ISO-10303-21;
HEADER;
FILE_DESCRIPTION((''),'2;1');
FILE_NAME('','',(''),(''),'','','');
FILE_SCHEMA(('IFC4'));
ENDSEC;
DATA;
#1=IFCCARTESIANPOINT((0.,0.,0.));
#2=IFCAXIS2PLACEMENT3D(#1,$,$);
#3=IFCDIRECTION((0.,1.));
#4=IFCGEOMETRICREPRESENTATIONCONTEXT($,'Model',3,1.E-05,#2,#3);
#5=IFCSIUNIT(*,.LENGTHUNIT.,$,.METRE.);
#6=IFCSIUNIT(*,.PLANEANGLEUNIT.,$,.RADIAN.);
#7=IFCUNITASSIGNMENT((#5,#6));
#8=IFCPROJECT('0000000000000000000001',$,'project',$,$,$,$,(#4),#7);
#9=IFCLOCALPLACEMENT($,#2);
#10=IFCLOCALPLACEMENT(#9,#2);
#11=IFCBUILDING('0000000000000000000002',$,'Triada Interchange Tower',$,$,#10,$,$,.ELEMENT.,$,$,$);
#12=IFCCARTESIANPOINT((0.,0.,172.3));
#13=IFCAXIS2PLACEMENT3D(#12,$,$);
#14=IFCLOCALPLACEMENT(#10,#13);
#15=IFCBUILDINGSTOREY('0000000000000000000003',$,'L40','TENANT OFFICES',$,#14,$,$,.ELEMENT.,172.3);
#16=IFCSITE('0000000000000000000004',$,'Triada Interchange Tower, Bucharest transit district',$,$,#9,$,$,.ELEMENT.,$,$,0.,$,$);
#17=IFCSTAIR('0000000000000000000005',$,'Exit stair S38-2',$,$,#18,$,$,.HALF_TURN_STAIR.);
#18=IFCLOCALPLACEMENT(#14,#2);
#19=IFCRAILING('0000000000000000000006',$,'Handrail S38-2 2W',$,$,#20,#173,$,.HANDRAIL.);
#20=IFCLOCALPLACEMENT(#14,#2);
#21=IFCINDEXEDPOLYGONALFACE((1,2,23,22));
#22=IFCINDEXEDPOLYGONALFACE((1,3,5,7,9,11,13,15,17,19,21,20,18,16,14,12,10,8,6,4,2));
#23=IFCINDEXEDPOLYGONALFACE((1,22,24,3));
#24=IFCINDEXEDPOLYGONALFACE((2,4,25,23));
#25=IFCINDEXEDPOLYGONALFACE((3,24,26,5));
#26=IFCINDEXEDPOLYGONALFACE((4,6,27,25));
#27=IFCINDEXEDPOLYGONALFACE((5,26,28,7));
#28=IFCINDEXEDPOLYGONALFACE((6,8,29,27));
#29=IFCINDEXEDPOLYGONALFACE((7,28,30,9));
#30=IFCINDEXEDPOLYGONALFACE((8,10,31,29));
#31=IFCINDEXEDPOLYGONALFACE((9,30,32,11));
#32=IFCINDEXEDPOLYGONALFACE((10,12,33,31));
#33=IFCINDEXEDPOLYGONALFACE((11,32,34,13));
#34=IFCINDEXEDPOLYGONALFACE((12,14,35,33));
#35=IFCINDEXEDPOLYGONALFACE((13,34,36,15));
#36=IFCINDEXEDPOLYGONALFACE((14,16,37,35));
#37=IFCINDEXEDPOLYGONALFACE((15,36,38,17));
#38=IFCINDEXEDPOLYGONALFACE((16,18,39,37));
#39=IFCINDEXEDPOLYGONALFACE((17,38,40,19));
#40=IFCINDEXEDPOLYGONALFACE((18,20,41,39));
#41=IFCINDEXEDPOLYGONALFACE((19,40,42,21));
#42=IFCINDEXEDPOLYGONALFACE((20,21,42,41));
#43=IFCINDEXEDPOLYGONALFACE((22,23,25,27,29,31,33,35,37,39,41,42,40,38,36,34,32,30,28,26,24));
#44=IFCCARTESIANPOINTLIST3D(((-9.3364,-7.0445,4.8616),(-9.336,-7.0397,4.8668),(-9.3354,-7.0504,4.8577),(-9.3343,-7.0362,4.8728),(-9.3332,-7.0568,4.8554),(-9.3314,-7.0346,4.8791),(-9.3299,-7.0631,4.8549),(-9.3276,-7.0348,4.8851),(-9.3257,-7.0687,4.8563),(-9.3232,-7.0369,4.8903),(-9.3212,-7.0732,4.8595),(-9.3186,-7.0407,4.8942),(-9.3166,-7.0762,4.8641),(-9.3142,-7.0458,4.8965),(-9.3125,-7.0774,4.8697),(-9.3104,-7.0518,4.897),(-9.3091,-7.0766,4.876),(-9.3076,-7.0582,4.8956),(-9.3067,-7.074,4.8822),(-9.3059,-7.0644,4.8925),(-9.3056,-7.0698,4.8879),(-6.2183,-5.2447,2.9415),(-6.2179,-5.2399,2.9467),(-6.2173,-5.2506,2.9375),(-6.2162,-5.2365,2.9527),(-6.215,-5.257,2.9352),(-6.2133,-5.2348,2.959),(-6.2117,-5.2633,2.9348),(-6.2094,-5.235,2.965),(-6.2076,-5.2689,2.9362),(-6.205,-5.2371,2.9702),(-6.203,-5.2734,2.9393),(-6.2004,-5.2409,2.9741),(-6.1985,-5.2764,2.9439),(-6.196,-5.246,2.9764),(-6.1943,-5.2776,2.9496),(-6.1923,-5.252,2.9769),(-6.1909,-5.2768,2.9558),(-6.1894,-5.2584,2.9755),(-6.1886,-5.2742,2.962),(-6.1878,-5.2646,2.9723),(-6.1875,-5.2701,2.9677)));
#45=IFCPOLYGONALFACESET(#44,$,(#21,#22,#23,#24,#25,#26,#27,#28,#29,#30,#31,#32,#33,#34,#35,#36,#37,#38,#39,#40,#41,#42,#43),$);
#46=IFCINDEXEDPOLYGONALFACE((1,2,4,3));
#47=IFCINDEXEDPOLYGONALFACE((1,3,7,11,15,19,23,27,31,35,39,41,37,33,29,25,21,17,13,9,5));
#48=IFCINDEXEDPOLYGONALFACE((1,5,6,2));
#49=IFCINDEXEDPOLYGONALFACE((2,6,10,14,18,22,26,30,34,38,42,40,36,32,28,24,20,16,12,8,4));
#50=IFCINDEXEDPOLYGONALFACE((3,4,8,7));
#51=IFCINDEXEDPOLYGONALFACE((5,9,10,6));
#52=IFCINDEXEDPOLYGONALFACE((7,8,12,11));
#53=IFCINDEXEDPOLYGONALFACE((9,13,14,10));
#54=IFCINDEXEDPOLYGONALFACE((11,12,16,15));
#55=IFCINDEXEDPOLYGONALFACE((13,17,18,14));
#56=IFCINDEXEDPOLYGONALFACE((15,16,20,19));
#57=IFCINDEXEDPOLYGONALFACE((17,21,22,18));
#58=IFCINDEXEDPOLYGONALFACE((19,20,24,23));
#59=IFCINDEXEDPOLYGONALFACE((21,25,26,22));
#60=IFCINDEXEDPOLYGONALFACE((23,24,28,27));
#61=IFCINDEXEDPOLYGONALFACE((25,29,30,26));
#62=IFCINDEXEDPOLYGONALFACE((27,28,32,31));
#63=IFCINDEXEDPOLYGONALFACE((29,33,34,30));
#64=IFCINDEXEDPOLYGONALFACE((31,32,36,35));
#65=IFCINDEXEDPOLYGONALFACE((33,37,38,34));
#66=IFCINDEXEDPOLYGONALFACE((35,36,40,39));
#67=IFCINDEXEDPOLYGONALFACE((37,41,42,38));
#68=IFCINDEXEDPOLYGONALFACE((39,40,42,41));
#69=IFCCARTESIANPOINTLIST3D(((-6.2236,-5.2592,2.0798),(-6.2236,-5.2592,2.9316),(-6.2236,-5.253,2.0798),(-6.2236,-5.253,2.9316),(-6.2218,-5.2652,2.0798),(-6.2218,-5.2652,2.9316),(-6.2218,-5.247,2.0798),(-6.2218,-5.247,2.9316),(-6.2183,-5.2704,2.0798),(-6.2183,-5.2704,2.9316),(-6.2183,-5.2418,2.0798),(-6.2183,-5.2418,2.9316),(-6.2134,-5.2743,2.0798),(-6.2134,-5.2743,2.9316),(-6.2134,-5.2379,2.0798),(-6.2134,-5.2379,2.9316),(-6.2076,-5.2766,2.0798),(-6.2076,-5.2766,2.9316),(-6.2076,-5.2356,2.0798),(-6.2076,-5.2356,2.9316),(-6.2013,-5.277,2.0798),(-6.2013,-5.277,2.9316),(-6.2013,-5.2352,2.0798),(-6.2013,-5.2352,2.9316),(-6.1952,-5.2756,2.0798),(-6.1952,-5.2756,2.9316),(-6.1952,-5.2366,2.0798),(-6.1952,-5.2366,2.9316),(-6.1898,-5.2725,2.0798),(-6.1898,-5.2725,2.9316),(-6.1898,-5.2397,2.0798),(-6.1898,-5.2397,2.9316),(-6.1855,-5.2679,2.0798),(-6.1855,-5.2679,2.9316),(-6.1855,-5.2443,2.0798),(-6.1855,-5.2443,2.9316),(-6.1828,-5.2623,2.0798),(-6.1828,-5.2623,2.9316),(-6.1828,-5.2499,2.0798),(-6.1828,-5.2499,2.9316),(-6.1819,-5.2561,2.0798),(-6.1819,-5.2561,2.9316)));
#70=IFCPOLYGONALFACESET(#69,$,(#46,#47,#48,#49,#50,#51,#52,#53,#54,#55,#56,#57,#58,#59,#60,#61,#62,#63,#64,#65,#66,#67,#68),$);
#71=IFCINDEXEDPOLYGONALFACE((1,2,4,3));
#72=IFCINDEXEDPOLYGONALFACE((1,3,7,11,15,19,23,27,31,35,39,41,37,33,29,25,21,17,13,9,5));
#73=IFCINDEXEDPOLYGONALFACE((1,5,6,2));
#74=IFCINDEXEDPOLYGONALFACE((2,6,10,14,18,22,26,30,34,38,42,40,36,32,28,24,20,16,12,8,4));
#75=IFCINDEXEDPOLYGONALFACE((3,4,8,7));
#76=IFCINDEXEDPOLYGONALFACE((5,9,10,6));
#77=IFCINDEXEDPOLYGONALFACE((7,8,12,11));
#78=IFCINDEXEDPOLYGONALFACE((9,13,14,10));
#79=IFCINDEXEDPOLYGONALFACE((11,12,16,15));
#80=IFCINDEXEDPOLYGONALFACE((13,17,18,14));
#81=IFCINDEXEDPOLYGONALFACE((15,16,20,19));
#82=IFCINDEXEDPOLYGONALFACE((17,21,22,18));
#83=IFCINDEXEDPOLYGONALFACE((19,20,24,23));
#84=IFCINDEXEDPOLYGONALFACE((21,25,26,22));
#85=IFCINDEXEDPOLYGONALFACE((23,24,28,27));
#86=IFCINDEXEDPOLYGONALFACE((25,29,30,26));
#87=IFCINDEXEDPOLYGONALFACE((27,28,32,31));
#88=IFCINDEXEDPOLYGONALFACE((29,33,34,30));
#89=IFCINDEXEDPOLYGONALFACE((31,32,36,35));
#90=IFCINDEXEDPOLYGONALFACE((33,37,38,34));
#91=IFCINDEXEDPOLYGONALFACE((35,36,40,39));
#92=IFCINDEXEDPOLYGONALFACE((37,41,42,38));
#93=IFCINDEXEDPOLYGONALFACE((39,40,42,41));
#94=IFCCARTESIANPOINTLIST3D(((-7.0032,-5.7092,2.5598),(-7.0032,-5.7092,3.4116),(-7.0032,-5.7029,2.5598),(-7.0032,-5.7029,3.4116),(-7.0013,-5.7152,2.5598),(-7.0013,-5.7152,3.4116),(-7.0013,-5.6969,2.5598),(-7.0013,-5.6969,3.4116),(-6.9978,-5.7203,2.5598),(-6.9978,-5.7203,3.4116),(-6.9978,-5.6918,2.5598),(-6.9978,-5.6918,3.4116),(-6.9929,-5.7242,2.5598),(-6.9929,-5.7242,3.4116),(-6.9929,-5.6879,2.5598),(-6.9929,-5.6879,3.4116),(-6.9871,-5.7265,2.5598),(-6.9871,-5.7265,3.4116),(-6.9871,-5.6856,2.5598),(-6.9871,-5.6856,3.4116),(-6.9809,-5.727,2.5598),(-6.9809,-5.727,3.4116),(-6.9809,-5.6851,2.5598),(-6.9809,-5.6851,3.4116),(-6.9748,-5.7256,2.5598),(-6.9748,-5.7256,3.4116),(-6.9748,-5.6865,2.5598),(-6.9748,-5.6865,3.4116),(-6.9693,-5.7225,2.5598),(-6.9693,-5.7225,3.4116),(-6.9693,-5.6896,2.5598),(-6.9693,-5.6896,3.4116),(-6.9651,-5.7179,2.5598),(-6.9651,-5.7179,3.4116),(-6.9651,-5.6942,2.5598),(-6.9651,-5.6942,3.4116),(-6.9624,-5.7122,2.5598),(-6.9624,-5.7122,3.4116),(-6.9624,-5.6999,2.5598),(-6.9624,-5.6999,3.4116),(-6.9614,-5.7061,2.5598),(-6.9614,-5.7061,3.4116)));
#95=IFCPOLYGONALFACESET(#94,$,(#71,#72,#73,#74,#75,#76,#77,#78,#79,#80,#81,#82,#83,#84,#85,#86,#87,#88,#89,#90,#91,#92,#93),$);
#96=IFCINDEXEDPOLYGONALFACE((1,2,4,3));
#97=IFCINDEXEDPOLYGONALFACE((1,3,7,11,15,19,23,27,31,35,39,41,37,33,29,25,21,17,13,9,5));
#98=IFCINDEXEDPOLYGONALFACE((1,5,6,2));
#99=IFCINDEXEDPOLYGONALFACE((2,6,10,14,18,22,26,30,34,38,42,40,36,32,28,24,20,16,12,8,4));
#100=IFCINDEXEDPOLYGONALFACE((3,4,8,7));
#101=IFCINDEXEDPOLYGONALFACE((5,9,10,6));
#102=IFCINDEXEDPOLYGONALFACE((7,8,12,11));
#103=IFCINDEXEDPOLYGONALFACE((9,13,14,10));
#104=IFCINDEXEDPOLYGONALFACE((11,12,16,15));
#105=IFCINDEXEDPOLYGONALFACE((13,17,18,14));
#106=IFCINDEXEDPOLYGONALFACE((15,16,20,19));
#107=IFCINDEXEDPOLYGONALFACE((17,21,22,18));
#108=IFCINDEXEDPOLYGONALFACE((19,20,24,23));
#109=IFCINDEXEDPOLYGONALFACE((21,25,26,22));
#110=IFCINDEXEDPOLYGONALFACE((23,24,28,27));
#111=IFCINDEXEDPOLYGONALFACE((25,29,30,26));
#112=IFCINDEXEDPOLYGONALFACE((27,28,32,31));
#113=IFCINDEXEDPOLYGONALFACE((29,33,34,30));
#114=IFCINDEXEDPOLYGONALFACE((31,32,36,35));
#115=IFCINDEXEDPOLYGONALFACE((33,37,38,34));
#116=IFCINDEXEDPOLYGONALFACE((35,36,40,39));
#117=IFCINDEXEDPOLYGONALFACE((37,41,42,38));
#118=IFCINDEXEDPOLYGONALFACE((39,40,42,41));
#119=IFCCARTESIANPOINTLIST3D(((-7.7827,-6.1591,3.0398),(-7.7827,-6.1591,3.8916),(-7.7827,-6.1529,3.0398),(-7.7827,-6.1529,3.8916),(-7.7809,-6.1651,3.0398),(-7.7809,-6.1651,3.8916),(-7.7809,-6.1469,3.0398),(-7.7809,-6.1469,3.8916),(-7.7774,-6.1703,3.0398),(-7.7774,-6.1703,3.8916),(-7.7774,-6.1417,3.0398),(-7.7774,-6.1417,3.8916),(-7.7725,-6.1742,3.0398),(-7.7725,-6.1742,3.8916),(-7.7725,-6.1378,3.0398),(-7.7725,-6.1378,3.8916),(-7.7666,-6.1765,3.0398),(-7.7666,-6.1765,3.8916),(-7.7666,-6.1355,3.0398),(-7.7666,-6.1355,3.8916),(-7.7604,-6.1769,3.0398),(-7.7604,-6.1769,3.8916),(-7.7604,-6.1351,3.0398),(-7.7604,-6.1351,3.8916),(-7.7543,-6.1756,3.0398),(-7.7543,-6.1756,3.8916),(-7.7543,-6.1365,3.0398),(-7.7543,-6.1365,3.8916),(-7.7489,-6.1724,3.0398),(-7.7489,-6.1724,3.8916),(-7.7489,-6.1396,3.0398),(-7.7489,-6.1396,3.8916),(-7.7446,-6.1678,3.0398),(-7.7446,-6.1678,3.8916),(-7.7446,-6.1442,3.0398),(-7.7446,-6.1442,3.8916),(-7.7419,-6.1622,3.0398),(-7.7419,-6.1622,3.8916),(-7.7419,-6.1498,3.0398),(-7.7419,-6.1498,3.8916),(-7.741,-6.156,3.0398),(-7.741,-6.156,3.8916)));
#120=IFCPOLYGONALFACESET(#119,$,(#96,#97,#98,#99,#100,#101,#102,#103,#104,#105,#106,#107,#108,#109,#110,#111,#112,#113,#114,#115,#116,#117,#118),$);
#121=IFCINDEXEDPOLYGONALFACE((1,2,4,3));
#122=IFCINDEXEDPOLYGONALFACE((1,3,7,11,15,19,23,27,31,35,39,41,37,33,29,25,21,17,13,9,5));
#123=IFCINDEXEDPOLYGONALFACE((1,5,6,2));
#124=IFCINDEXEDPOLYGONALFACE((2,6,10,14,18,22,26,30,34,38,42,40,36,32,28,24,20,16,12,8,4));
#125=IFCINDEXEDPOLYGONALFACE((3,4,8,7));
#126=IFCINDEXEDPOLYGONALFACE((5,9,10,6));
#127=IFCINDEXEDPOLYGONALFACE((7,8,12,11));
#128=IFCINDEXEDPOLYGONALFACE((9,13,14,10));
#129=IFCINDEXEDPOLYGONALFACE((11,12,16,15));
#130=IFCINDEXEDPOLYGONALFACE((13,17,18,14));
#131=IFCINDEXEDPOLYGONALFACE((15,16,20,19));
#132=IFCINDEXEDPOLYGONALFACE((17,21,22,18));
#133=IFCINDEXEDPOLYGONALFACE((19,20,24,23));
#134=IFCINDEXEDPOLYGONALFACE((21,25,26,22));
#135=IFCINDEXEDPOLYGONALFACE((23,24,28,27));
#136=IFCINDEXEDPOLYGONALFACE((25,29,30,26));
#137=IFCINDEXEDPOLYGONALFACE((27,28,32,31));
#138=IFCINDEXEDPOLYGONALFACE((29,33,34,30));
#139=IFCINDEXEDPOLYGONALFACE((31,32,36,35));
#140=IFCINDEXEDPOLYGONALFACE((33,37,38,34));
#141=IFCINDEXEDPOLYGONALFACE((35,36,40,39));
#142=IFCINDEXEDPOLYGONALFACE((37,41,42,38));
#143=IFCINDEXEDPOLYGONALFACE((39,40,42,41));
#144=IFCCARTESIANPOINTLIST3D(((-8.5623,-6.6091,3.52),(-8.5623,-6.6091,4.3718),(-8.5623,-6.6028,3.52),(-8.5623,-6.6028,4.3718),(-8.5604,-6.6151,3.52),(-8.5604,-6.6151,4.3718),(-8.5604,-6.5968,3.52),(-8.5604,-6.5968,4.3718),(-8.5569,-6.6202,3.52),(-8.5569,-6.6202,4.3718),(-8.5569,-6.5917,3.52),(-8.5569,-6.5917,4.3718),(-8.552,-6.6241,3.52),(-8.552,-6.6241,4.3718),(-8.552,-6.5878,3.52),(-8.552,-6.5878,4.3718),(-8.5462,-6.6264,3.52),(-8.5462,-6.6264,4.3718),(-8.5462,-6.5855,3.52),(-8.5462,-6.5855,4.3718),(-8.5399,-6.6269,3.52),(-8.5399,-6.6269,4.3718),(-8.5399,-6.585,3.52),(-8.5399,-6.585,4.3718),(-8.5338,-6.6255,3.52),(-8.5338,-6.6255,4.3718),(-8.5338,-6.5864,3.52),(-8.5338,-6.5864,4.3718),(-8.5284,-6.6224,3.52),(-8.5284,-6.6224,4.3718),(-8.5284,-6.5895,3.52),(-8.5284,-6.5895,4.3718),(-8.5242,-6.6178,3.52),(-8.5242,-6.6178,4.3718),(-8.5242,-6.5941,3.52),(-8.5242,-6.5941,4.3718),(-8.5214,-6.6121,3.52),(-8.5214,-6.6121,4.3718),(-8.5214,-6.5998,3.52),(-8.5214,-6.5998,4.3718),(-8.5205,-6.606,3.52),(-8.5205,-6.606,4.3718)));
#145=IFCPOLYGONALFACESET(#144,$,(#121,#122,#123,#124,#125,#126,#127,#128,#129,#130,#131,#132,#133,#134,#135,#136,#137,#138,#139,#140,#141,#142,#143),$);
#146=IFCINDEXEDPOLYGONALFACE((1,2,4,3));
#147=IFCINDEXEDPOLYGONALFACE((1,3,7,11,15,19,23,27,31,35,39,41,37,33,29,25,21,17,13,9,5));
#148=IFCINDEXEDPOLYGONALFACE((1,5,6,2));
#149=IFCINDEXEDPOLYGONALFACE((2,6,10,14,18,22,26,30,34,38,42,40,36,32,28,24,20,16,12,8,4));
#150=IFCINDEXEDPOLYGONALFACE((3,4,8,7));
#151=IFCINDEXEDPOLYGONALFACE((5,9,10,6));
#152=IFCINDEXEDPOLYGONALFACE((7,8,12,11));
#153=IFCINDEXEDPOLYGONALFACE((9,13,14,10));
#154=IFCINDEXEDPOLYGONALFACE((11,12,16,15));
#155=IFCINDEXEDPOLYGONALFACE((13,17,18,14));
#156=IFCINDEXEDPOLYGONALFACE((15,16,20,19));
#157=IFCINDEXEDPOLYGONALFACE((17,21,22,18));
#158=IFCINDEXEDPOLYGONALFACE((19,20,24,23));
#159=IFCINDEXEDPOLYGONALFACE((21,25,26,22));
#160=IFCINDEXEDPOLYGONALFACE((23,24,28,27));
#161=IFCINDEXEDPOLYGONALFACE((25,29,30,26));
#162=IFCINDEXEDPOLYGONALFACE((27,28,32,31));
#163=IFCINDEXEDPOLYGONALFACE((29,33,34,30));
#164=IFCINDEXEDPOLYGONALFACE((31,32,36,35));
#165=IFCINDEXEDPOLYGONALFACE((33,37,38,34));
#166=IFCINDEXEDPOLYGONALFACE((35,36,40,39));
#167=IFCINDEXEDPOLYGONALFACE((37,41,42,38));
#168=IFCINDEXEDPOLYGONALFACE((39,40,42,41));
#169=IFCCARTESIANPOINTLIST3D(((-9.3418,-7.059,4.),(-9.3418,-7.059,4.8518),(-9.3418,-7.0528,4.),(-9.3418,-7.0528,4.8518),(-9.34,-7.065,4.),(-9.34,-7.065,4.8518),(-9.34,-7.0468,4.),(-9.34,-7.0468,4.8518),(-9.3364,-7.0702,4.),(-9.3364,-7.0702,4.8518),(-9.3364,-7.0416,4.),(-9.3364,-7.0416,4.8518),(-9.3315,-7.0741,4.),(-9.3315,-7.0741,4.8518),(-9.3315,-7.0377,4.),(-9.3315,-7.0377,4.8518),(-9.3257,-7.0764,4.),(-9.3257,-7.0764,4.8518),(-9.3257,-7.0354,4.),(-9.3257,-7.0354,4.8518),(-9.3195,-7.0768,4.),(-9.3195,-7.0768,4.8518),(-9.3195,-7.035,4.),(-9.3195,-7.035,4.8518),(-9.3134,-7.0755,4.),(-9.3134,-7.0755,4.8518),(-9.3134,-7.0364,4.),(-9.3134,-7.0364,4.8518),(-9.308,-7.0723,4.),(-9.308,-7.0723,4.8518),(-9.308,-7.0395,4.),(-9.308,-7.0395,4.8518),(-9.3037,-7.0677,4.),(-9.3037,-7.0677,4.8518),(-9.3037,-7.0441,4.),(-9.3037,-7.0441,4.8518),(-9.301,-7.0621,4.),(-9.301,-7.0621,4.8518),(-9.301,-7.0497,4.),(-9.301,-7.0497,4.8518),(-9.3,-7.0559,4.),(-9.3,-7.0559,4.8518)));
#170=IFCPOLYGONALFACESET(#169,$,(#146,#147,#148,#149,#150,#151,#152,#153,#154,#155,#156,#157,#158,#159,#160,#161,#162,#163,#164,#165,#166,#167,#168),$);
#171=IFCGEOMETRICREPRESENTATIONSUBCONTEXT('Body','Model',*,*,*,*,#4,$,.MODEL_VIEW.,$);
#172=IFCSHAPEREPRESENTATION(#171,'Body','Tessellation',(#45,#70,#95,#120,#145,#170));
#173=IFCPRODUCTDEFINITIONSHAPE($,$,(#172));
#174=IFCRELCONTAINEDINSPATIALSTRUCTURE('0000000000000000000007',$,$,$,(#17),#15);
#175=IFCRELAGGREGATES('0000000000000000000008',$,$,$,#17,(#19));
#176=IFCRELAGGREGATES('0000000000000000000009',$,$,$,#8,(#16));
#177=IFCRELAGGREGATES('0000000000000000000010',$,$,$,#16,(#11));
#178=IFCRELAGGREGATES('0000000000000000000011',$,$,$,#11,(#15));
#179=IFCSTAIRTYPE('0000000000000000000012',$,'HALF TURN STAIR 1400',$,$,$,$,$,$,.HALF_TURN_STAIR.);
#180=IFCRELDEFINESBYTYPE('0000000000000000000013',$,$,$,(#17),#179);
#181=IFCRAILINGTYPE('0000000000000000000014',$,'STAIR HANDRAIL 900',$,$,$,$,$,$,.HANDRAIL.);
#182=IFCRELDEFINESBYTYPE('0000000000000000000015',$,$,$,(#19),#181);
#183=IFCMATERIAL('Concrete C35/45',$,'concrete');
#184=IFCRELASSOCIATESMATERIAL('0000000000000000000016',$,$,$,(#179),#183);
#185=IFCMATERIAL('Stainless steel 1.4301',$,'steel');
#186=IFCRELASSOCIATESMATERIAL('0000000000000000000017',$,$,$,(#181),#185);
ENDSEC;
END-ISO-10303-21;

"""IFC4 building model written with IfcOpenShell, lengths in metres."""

from ifc_helpers import new_model, si_unit, direction, frame, origin, origin_2d, place, context, subcontext, project, spatial, circle, extrude, material, type_object, element, aggregate, save


model = new_model("IFC4")

# Units and contexts
model_context = context("Model", 3, precision=1e-05, world=origin(), true_north=direction((0.0, 1.0)))
body_context = subcontext(model_context, "Body", "Model", "MODEL_VIEW")
ifc_project = project(units=[si_unit("LENGTHUNIT", "METRE"), si_unit("PLANEANGLEUNIT", "RADIAN")], contexts=[model_context])

# Site, building, storey
site_placement = place(None, origin())
site = spatial("IfcSite", under=ifc_project, at=site_placement, Name="Triada Interchange Tower, Bucharest transit district", CompositionType="ELEMENT", RefElevation=0.0)
building_placement = place(site_placement, origin())
building = spatial("IfcBuilding", under=site, at=building_placement, Name="Triada Interchange Tower", CompositionType="ELEMENT")
storey_placement = place(building_placement, frame((0.0, 0.0, 172.3)))
storey = spatial("IfcBuildingStorey", under=building, at=storey_placement, Name="L40", Description="TENANT OFFICES", CompositionType="ELEMENT", Elevation=172.3)

# Stair, railing
ifc_material_1 = material(Name="Concrete C35/45", Category="concrete")
stair_type = type_object("IfcStairType", Name="HALF TURN STAIR 1400", PredefinedType="HALF_TURN_STAIR", material=ifc_material_1)
stair_placement = place(storey_placement, origin())
stair = element("IfcStair", 1, at=stair_placement, inside=storey, type_object=stair_type, Name="Exit stair S38-2", PredefinedType="HALF_TURN_STAIR")
ifc_material_2 = material(Name="Stainless steel 1.4301", Category="steel")
railing_type = type_object("IfcRailingType", Name="STAIR HANDRAIL 900", PredefinedType="HANDRAIL", material=ifc_material_2)
railing_1_placement = place(storey_placement, frame((-6.2029, -5.2561, 2.0798)))
railing_1 = element("IfcRailing", 2, at=railing_1_placement, type_object=railing_type, Name="Handrail S38-2 2W", PredefinedType="HANDRAIL", context=body_context, shape_type="SweptSolid", body=[
    extrude(circle(Radius=0.0239, at=origin_2d()), frame((0.0, 0.0, 0.876), z_axis=(-0.76419, -0.44109, 0.470588), x_axis=(0.499902, -0.866082, 0.0)), (0.0, 0.0, 1.0), 4.0803),
    extrude(circle(Radius=0.021, at=origin_2d()), origin(), (0.0, 0.0, 1.0), 0.8518),
    extrude(circle(Radius=0.021, at=origin_2d()), frame((-0.7795, -0.45, 0.48)), (0.0, 0.0, 1.0), 0.8518),
    extrude(circle(Radius=0.021, at=origin_2d()), frame((-1.5591, -0.8999, 0.96)), (0.0, 0.0, 1.0), 0.8518),
    extrude(circle(Radius=0.021, at=origin_2d()), frame((-2.3386, -1.3499, 1.4402)), (0.0, 0.0, 1.0), 0.8518),
    extrude(circle(Radius=0.021, at=origin_2d()), frame((-3.1182, -1.7998, 1.9202)), (0.0, 0.0, 1.0), 0.8518),
])
aggregate(stair, [railing_1])

save(model, "model.ifc")
